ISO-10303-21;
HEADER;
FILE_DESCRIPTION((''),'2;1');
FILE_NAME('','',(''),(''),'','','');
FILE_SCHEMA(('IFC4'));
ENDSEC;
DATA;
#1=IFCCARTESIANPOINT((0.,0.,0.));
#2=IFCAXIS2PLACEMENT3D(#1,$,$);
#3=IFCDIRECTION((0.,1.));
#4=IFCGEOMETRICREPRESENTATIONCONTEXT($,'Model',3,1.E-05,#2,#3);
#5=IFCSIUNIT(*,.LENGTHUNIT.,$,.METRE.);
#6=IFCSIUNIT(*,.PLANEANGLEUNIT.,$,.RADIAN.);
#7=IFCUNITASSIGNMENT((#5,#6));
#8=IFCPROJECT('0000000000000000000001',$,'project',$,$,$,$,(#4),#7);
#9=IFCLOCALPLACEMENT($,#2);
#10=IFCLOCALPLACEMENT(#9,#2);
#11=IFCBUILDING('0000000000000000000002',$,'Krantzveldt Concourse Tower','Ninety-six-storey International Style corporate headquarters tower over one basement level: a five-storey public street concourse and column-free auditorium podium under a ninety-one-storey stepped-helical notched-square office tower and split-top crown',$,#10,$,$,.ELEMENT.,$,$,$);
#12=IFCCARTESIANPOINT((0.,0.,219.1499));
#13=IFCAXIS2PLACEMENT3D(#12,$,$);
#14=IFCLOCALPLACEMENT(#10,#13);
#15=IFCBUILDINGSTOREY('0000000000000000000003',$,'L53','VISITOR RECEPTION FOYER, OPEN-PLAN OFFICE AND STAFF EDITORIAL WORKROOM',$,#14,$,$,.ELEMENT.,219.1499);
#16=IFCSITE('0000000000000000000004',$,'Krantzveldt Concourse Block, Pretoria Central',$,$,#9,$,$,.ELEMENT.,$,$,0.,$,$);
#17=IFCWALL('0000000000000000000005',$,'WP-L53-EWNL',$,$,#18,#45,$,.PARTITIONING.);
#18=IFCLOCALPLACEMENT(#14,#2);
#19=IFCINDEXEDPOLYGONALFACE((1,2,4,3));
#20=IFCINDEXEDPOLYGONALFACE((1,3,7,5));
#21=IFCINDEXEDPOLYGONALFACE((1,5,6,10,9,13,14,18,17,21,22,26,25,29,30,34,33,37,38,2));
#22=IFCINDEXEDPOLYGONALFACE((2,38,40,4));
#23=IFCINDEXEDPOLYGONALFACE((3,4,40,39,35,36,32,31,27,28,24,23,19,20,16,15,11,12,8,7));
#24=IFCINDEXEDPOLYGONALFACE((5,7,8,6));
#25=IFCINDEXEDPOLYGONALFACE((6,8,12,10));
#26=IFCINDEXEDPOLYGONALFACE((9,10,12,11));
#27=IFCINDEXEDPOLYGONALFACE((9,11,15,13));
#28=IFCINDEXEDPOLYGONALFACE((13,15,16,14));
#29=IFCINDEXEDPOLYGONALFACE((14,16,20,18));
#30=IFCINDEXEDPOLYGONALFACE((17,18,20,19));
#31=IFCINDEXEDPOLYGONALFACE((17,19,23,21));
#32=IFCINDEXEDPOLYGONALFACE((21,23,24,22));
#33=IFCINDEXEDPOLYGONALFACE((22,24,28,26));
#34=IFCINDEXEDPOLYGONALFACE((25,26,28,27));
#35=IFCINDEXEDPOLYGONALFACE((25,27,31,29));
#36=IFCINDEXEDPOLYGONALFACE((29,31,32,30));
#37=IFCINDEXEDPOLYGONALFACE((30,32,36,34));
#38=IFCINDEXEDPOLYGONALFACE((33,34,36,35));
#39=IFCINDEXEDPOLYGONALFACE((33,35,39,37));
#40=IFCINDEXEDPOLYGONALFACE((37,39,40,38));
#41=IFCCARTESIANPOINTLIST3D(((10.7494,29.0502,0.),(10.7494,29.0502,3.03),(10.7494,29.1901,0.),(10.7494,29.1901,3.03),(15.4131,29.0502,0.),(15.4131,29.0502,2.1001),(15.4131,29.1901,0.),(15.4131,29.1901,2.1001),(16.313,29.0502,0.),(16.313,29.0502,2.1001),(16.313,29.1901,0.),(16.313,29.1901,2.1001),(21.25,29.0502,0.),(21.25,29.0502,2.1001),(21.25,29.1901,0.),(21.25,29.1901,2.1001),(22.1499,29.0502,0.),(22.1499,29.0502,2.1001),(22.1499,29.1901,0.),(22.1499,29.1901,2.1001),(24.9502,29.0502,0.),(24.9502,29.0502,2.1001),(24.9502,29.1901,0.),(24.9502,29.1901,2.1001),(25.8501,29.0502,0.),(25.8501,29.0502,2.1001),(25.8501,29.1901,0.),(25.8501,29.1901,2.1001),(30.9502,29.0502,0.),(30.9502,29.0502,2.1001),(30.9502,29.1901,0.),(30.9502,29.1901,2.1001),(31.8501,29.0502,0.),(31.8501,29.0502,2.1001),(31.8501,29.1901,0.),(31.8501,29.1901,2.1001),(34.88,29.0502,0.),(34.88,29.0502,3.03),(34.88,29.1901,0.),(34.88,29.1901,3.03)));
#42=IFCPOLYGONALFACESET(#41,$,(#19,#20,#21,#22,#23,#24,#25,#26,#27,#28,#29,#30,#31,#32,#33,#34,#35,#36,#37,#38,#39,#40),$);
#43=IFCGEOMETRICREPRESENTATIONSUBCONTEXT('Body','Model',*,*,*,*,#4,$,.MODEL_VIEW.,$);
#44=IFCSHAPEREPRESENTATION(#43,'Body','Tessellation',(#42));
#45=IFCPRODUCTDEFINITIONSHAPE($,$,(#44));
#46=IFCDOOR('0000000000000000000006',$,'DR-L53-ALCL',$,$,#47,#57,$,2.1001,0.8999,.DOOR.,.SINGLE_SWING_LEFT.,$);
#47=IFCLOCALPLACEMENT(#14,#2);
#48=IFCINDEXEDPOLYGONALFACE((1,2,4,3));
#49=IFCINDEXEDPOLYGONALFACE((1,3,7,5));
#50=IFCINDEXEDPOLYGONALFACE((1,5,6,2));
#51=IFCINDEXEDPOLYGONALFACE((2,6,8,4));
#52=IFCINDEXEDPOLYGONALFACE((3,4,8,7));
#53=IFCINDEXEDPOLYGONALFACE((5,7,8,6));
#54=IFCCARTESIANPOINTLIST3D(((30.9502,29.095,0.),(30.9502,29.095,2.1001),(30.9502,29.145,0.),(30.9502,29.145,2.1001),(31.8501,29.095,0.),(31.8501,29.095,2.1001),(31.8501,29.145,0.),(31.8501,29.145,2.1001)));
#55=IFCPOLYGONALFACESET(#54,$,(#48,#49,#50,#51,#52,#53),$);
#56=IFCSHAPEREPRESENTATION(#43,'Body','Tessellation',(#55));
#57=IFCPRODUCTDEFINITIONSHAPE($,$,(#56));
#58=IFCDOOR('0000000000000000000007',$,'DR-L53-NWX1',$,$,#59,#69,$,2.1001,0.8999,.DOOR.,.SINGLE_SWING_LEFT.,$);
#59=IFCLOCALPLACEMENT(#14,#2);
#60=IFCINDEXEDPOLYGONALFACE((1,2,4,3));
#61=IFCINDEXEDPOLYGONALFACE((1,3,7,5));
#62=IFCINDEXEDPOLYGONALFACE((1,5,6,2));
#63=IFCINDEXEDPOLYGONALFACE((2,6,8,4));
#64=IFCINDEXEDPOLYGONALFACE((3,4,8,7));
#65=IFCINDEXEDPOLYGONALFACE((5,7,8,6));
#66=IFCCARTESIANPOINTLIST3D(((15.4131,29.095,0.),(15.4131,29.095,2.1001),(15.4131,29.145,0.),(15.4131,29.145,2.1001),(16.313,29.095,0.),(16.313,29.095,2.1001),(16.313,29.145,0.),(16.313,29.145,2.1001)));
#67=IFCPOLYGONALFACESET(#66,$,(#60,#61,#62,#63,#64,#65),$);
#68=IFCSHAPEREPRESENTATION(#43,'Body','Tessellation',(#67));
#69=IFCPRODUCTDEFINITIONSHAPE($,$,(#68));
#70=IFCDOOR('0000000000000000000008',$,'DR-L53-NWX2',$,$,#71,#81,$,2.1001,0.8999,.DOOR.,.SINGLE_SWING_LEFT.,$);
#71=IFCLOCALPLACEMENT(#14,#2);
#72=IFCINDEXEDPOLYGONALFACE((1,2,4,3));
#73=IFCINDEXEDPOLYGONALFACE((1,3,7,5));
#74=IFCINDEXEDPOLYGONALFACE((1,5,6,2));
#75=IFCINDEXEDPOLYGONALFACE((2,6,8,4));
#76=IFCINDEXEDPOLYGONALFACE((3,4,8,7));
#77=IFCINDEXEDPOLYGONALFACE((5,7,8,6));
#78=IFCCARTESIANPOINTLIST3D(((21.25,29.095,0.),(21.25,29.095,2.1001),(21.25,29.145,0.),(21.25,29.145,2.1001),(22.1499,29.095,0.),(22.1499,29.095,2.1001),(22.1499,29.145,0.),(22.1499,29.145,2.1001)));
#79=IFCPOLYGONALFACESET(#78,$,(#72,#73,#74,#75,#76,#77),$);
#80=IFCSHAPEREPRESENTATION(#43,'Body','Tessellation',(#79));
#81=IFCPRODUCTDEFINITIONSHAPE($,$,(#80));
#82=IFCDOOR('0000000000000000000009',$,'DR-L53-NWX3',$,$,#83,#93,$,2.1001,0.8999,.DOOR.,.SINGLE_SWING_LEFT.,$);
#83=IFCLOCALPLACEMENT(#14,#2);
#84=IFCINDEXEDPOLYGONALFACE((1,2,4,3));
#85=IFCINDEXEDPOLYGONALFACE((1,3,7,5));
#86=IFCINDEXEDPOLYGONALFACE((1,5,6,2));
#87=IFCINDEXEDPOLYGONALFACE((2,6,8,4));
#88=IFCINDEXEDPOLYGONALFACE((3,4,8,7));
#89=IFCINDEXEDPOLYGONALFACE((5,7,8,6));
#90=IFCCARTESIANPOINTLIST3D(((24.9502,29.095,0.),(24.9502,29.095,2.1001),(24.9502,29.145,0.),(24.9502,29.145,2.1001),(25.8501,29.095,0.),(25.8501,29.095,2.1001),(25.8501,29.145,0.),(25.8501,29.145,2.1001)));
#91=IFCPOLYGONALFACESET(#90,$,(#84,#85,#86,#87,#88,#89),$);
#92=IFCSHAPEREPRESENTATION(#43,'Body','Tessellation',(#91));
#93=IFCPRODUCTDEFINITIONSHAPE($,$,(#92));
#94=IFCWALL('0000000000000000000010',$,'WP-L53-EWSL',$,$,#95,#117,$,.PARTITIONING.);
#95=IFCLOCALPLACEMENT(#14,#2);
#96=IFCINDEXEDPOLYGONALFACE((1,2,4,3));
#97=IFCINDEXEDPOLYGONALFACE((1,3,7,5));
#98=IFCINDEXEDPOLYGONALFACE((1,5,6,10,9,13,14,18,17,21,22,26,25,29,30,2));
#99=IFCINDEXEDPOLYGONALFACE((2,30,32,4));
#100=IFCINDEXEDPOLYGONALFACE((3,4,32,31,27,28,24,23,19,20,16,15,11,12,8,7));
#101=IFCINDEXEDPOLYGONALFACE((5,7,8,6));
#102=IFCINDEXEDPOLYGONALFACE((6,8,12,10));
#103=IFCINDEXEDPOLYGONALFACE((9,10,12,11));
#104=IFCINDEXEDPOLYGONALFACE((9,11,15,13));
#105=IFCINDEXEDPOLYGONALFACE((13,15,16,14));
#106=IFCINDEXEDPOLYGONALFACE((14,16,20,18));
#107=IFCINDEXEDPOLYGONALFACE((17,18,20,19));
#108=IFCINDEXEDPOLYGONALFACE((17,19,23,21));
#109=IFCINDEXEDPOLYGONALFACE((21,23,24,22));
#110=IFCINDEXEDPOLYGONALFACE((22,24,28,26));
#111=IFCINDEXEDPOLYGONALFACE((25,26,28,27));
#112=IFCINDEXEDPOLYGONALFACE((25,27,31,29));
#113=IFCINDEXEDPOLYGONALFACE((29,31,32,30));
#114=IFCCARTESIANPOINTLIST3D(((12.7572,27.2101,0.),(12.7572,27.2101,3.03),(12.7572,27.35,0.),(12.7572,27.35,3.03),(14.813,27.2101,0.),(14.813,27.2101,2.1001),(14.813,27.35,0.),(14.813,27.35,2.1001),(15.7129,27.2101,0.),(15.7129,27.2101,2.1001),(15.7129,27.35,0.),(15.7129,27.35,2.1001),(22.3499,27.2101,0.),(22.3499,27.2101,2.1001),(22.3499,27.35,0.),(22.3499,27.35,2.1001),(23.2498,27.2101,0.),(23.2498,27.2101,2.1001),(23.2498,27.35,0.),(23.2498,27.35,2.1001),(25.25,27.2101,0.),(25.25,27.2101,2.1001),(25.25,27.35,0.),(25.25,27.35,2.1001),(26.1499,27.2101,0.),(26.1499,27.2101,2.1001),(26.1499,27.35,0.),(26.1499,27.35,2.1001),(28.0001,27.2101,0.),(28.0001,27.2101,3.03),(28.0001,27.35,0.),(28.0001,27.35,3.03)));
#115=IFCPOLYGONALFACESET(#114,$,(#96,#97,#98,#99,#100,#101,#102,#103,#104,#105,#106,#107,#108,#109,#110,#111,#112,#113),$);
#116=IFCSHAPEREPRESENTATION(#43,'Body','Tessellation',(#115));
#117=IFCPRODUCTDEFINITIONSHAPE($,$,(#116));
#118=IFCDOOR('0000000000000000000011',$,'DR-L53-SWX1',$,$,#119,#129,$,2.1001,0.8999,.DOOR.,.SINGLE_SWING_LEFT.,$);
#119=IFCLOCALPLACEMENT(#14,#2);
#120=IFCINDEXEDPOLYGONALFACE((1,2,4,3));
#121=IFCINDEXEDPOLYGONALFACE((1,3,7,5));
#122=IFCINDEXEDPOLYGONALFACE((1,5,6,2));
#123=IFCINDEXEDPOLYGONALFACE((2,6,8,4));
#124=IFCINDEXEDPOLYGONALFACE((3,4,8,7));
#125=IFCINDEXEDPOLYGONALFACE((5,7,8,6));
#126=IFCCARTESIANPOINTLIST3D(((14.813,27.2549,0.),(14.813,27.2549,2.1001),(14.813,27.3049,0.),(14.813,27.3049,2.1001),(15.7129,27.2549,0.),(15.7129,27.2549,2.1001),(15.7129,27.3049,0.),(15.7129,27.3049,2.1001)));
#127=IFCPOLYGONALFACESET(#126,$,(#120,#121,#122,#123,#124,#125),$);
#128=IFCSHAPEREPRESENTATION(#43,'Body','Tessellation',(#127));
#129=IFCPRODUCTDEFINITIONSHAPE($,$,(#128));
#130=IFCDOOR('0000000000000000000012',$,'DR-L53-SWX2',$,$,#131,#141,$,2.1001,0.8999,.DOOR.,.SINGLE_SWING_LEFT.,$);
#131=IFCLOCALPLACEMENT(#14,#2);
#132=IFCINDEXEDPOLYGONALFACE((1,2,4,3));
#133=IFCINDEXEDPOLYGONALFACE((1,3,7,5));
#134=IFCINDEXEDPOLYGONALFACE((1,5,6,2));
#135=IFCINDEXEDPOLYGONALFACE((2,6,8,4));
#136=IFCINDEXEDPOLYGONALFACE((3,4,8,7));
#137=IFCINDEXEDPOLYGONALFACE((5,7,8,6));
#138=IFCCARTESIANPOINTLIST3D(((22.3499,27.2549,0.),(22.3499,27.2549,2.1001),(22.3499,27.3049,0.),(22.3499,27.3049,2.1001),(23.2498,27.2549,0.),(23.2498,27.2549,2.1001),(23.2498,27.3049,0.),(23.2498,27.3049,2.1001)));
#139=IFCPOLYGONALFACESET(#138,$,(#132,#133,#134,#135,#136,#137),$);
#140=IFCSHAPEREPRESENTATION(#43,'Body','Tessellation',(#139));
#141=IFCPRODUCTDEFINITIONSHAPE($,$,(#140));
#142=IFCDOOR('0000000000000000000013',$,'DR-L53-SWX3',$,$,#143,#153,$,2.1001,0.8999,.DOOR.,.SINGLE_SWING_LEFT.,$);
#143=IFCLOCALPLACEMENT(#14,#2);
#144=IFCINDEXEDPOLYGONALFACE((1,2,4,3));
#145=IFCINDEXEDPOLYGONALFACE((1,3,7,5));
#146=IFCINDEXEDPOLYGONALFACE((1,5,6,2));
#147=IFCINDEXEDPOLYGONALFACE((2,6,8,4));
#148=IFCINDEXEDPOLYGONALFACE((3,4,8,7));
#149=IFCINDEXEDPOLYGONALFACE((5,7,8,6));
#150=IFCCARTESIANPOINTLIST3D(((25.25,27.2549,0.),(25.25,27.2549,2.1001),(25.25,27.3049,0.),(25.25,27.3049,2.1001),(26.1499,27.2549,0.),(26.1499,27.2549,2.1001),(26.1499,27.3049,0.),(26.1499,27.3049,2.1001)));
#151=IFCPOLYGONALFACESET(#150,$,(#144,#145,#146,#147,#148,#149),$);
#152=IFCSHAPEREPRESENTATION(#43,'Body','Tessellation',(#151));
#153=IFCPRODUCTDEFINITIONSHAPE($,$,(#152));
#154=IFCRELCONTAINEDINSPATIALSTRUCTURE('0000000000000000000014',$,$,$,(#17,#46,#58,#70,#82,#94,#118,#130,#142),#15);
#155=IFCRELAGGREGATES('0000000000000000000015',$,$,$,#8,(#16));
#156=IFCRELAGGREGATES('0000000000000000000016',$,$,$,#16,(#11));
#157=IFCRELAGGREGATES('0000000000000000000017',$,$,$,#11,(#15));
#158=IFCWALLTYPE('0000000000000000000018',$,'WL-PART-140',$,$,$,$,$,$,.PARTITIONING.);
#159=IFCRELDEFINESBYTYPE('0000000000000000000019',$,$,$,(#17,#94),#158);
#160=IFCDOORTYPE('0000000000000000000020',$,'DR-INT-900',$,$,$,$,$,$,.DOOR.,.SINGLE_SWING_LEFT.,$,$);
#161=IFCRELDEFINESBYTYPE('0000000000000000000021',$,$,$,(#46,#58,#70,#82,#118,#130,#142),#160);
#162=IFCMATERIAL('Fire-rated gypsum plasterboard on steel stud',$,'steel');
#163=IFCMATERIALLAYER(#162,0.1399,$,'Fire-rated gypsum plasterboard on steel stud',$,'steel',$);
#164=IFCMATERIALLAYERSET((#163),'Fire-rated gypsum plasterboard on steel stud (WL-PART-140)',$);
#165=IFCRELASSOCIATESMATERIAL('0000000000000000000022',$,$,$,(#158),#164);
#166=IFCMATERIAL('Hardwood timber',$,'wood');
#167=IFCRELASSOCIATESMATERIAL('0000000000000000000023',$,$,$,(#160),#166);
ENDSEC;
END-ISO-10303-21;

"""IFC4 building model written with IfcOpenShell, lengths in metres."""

from ifc_helpers import new_model, si_unit, direction, frame, frame_2d, origin, place, context, subcontext, project, spatial, rectangle, extrude, material, layer, layer_set, type_object, element, fill, save


model = new_model("IFC4")

# Units and contexts
model_context = context("Model", 3, precision=1e-05, world=origin(), true_north=direction((0.0, 1.0)))
body_context = subcontext(model_context, "Body", "Model", "MODEL_VIEW")
ifc_project = project(units=[si_unit("LENGTHUNIT", "METRE"), si_unit("PLANEANGLEUNIT", "RADIAN")], contexts=[model_context])

# Site, building, storey
site_placement = place(None, origin())
site = spatial("IfcSite", under=ifc_project, at=site_placement, Name="Krantzveldt Concourse Block, Pretoria Central", CompositionType="ELEMENT", RefElevation=0.0)
building_placement = place(site_placement, origin())
building = spatial("IfcBuilding", under=site, at=building_placement, Name="Krantzveldt Concourse Tower", Description="Ninety-six-storey International Style corporate headquarters tower over one basement level: a five-storey public street concourse and column-free auditorium podium under a ninety-one-storey stepped-helical notched-square office tower and split-top crown", CompositionType="ELEMENT")
storey_placement = place(building_placement, frame((0.0, 0.0, 219.1499)))
storey = spatial("IfcBuildingStorey", under=building, at=storey_placement, Name="L53", Description="VISITOR RECEPTION FOYER, OPEN-PLAN OFFICE AND STAFF EDITORIAL WORKROOM", CompositionType="ELEMENT", Elevation=219.1499)

# Shared definitions
ifc_material_1 = material(Name="Fire-rated gypsum plasterboard on steel stud", Category="steel")

# Walls, openings, doors
ifc_layer_1 = layer(ifc_material_1, 0.1399, Name="Fire-rated gypsum plasterboard on steel stud", Category="steel")
ifc_layer_set_1 = layer_set([ifc_layer_1], Name="Fire-rated gypsum plasterboard on steel stud (WL-PART-140)")
wall_type_1 = type_object("IfcWallType", Name="WL-PART-140", PredefinedType="PARTITIONING", material=ifc_layer_set_1)
wall_1_placement = place(storey_placement, frame((10.7493, 29.1201, 0.0), z_axis=(0.0, 0.0, 1.0), x_axis=(1.0, 0.0, 0.0)))
wall_1 = element("IfcWall", 1, at=wall_1_placement, inside=storey, type_object=wall_type_1, Name="WP-L53-EWNL", PredefinedType="PARTITIONING", context=body_context, shape_type="SweptSolid", body=[
    extrude(rectangle(XDim=24.1306, YDim=0.1399, at=frame_2d((12.0654, 0.0))), origin(), (0.0, 0.0, 1.0), 3.03),
])
opening_1_placement = place(wall_1_placement, frame((20.2009, 0.0, 0.0)))
opening_1 = element("IfcOpeningElement", 2, at=opening_1_placement, cuts=wall_1, PredefinedType="OPENING", context=body_context, shape_type="SweptSolid", body=[
    extrude(rectangle(XDim=0.8999, YDim=2.1001, at=frame_2d((0.45, 1.05))), frame((0.0, 0.0801, 0.0), z_axis=(0.0, -1.0, 0.0), x_axis=(1.0, 0.0, 0.0)), (0.0, 0.0, 1.0), 0.1599),
])
opening_2_placement = place(wall_1_placement, frame((4.6638, 0.0, 0.0)))
opening_2 = element("IfcOpeningElement", 3, at=opening_2_placement, cuts=wall_1, PredefinedType="OPENING", context=body_context, shape_type="SweptSolid", body=[
    extrude(rectangle(XDim=0.8999, YDim=2.1001, at=frame_2d((0.45, 1.05))), frame((0.0, 0.0801, 0.0), z_axis=(0.0, -1.0, 0.0), x_axis=(1.0, 0.0, 0.0)), (0.0, 0.0, 1.0), 0.1599),
])
opening_3_placement = place(wall_1_placement, frame((10.5007, 0.0, 0.0)))
opening_3 = element("IfcOpeningElement", 4, at=opening_3_placement, cuts=wall_1, PredefinedType="OPENING", context=body_context, shape_type="SweptSolid", body=[
    extrude(rectangle(XDim=0.8999, YDim=2.1001, at=frame_2d((0.45, 1.05))), frame((0.0, 0.0801, 0.0), z_axis=(0.0, -1.0, 0.0), x_axis=(1.0, 0.0, 0.0)), (0.0, 0.0, 1.0), 0.1599),
])
opening_4_placement = place(wall_1_placement, frame((14.2009, 0.0, 0.0)))
opening_4 = element("IfcOpeningElement", 5, at=opening_4_placement, cuts=wall_1, PredefinedType="OPENING", context=body_context, shape_type="SweptSolid", body=[
    extrude(rectangle(XDim=0.8999, YDim=2.1001, at=frame_2d((0.45, 1.05))), frame((0.0, 0.0801, 0.0), z_axis=(0.0, -1.0, 0.0), x_axis=(1.0, 0.0, 0.0)), (0.0, 0.0, 1.0), 0.1599),
])
ifc_material_2 = material(Name="Hardwood timber", Category="wood")
door_type = type_object("IfcDoorType", Name="DR-INT-900", OperationType="SINGLE_SWING_LEFT", PredefinedType="DOOR", material=ifc_material_2)
door_1_placement = place(opening_1_placement, origin())
door_1 = element("IfcDoor", 6, at=door_1_placement, inside=storey, type_object=door_type, Name="DR-L53-ALCL", OperationType="SINGLE_SWING_LEFT", OverallHeight=2.1001, OverallWidth=0.8999, PredefinedType="DOOR", context=body_context, shape_type="SweptSolid", body=[
    extrude(rectangle(XDim=0.8999, YDim=2.1001, at=frame_2d((0.45, 1.05))), frame((0.0, 0.0249, 0.0), z_axis=(0.0, -1.0, 0.0), x_axis=(1.0, 0.0, 0.0)), (0.0, 0.0, 1.0), 0.05),
])
fill(opening_1, door_1)
door_2_placement = place(opening_2_placement, origin())
door_2 = element("IfcDoor", 7, at=door_2_placement, inside=storey, type_object=door_type, Name="DR-L53-NWX1", OperationType="SINGLE_SWING_LEFT", OverallHeight=2.1001, OverallWidth=0.8999, PredefinedType="DOOR", context=body_context, shape_type="SweptSolid", body=[
    extrude(rectangle(XDim=0.8999, YDim=2.1001, at=frame_2d((0.45, 1.05))), frame((0.0, 0.0249, 0.0), z_axis=(0.0, -1.0, 0.0), x_axis=(1.0, 0.0, 0.0)), (0.0, 0.0, 1.0), 0.05),
])
fill(opening_2, door_2)
door_3_placement = place(opening_3_placement, origin())
door_3 = element("IfcDoor", 8, at=door_3_placement, inside=storey, type_object=door_type, Name="DR-L53-NWX2", OperationType="SINGLE_SWING_LEFT", OverallHeight=2.1001, OverallWidth=0.8999, PredefinedType="DOOR", context=body_context, shape_type="SweptSolid", body=[
    extrude(rectangle(XDim=0.8999, YDim=2.1001, at=frame_2d((0.45, 1.05))), frame((0.0, 0.0249, 0.0), z_axis=(0.0, -1.0, 0.0), x_axis=(1.0, 0.0, 0.0)), (0.0, 0.0, 1.0), 0.05),
])
fill(opening_3, door_3)
door_4_placement = place(opening_4_placement, origin())
door_4 = element("IfcDoor", 9, at=door_4_placement, inside=storey, type_object=door_type, Name="DR-L53-NWX3", OperationType="SINGLE_SWING_LEFT", OverallHeight=2.1001, OverallWidth=0.8999, PredefinedType="DOOR", context=body_context, shape_type="SweptSolid", body=[
    extrude(rectangle(XDim=0.8999, YDim=2.1001, at=frame_2d((0.45, 1.05))), frame((0.0, 0.0249, 0.0), z_axis=(0.0, -1.0, 0.0), x_axis=(1.0, 0.0, 0.0)), (0.0, 0.0, 1.0), 0.05),
])
fill(opening_4, door_4)
wall_2_placement = place(storey_placement, frame((12.7571, 27.28, 0.0), z_axis=(0.0, 0.0, 1.0), x_axis=(1.0, 0.0, 0.0)))
wall_2 = element("IfcWall", 10, at=wall_2_placement, inside=storey, type_object=wall_type_1, Name="WP-L53-EWSL", PredefinedType="PARTITIONING", context=body_context, shape_type="SweptSolid", body=[
    extrude(rectangle(XDim=15.2429, YDim=0.1399, at=frame_2d((7.6216, 0.0))), origin(), (0.0, 0.0, 1.0), 3.03),
])
opening_5_placement = place(wall_2_placement, frame((2.0559, 0.0, 0.0)))
opening_5 = element("IfcOpeningElement", 11, at=opening_5_placement, cuts=wall_2, PredefinedType="OPENING", context=body_context, shape_type="SweptSolid", body=[
    extrude(rectangle(XDim=0.8999, YDim=2.1001, at=frame_2d((0.45, 1.05))), frame((0.0, 0.0801, 0.0), z_axis=(0.0, -1.0, 0.0), x_axis=(1.0, 0.0, 0.0)), (0.0, 0.0, 1.0), 0.1599),
])
opening_6_placement = place(wall_2_placement, frame((9.5928, 0.0, 0.0)))
opening_6 = element("IfcOpeningElement", 12, at=opening_6_placement, cuts=wall_2, PredefinedType="OPENING", context=body_context, shape_type="SweptSolid", body=[
    extrude(rectangle(XDim=0.8999, YDim=2.1001, at=frame_2d((0.45, 1.05))), frame((0.0, 0.0801, 0.0), z_axis=(0.0, -1.0, 0.0), x_axis=(1.0, 0.0, 0.0)), (0.0, 0.0, 1.0), 0.1599),
])
opening_7_placement = place(wall_2_placement, frame((12.4929, 0.0, 0.0)))
opening_7 = element("IfcOpeningElement", 13, at=opening_7_placement, cuts=wall_2, PredefinedType="OPENING", context=body_context, shape_type="SweptSolid", body=[
    extrude(rectangle(XDim=0.8999, YDim=2.1001, at=frame_2d((0.45, 1.05))), frame((0.0, 0.0801, 0.0), z_axis=(0.0, -1.0, 0.0), x_axis=(1.0, 0.0, 0.0)), (0.0, 0.0, 1.0), 0.1599),
])
door_5_placement = place(opening_5_placement, origin())
door_5 = element("IfcDoor", 14, at=door_5_placement, inside=storey, type_object=door_type, Name="DR-L53-SWX1", OperationType="SINGLE_SWING_LEFT", OverallHeight=2.1001, OverallWidth=0.8999, PredefinedType="DOOR", context=body_context, shape_type="SweptSolid", body=[
    extrude(rectangle(XDim=0.8999, YDim=2.1001, at=frame_2d((0.45, 1.05))), frame((0.0, 0.0249, 0.0), z_axis=(0.0, -1.0, 0.0), x_axis=(1.0, 0.0, 0.0)), (0.0, 0.0, 1.0), 0.05),
])
fill(opening_5, door_5)
door_6_placement = place(opening_6_placement, origin())
door_6 = element("IfcDoor", 15, at=door_6_placement, inside=storey, type_object=door_type, Name="DR-L53-SWX2", OperationType="SINGLE_SWING_LEFT", OverallHeight=2.1001, OverallWidth=0.8999, PredefinedType="DOOR", context=body_context, shape_type="SweptSolid", body=[
    extrude(rectangle(XDim=0.8999, YDim=2.1001, at=frame_2d((0.45, 1.05))), frame((0.0, 0.0249, 0.0), z_axis=(0.0, -1.0, 0.0), x_axis=(1.0, 0.0, 0.0)), (0.0, 0.0, 1.0), 0.05),
])
fill(opening_6, door_6)
door_7_placement = place(opening_7_placement, origin())
door_7 = element("IfcDoor", 16, at=door_7_placement, inside=storey, type_object=door_type, Name="DR-L53-SWX3", OperationType="SINGLE_SWING_LEFT", OverallHeight=2.1001, OverallWidth=0.8999, PredefinedType="DOOR", context=body_context, shape_type="SweptSolid", body=[
    extrude(rectangle(XDim=0.8999, YDim=2.1001, at=frame_2d((0.45, 1.05))), frame((0.0, 0.0249, 0.0), z_axis=(0.0, -1.0, 0.0), x_axis=(1.0, 0.0, 0.0)), (0.0, 0.0, 1.0), 0.05),
])
fill(opening_7, door_7)

save(model, "model.ifc")
